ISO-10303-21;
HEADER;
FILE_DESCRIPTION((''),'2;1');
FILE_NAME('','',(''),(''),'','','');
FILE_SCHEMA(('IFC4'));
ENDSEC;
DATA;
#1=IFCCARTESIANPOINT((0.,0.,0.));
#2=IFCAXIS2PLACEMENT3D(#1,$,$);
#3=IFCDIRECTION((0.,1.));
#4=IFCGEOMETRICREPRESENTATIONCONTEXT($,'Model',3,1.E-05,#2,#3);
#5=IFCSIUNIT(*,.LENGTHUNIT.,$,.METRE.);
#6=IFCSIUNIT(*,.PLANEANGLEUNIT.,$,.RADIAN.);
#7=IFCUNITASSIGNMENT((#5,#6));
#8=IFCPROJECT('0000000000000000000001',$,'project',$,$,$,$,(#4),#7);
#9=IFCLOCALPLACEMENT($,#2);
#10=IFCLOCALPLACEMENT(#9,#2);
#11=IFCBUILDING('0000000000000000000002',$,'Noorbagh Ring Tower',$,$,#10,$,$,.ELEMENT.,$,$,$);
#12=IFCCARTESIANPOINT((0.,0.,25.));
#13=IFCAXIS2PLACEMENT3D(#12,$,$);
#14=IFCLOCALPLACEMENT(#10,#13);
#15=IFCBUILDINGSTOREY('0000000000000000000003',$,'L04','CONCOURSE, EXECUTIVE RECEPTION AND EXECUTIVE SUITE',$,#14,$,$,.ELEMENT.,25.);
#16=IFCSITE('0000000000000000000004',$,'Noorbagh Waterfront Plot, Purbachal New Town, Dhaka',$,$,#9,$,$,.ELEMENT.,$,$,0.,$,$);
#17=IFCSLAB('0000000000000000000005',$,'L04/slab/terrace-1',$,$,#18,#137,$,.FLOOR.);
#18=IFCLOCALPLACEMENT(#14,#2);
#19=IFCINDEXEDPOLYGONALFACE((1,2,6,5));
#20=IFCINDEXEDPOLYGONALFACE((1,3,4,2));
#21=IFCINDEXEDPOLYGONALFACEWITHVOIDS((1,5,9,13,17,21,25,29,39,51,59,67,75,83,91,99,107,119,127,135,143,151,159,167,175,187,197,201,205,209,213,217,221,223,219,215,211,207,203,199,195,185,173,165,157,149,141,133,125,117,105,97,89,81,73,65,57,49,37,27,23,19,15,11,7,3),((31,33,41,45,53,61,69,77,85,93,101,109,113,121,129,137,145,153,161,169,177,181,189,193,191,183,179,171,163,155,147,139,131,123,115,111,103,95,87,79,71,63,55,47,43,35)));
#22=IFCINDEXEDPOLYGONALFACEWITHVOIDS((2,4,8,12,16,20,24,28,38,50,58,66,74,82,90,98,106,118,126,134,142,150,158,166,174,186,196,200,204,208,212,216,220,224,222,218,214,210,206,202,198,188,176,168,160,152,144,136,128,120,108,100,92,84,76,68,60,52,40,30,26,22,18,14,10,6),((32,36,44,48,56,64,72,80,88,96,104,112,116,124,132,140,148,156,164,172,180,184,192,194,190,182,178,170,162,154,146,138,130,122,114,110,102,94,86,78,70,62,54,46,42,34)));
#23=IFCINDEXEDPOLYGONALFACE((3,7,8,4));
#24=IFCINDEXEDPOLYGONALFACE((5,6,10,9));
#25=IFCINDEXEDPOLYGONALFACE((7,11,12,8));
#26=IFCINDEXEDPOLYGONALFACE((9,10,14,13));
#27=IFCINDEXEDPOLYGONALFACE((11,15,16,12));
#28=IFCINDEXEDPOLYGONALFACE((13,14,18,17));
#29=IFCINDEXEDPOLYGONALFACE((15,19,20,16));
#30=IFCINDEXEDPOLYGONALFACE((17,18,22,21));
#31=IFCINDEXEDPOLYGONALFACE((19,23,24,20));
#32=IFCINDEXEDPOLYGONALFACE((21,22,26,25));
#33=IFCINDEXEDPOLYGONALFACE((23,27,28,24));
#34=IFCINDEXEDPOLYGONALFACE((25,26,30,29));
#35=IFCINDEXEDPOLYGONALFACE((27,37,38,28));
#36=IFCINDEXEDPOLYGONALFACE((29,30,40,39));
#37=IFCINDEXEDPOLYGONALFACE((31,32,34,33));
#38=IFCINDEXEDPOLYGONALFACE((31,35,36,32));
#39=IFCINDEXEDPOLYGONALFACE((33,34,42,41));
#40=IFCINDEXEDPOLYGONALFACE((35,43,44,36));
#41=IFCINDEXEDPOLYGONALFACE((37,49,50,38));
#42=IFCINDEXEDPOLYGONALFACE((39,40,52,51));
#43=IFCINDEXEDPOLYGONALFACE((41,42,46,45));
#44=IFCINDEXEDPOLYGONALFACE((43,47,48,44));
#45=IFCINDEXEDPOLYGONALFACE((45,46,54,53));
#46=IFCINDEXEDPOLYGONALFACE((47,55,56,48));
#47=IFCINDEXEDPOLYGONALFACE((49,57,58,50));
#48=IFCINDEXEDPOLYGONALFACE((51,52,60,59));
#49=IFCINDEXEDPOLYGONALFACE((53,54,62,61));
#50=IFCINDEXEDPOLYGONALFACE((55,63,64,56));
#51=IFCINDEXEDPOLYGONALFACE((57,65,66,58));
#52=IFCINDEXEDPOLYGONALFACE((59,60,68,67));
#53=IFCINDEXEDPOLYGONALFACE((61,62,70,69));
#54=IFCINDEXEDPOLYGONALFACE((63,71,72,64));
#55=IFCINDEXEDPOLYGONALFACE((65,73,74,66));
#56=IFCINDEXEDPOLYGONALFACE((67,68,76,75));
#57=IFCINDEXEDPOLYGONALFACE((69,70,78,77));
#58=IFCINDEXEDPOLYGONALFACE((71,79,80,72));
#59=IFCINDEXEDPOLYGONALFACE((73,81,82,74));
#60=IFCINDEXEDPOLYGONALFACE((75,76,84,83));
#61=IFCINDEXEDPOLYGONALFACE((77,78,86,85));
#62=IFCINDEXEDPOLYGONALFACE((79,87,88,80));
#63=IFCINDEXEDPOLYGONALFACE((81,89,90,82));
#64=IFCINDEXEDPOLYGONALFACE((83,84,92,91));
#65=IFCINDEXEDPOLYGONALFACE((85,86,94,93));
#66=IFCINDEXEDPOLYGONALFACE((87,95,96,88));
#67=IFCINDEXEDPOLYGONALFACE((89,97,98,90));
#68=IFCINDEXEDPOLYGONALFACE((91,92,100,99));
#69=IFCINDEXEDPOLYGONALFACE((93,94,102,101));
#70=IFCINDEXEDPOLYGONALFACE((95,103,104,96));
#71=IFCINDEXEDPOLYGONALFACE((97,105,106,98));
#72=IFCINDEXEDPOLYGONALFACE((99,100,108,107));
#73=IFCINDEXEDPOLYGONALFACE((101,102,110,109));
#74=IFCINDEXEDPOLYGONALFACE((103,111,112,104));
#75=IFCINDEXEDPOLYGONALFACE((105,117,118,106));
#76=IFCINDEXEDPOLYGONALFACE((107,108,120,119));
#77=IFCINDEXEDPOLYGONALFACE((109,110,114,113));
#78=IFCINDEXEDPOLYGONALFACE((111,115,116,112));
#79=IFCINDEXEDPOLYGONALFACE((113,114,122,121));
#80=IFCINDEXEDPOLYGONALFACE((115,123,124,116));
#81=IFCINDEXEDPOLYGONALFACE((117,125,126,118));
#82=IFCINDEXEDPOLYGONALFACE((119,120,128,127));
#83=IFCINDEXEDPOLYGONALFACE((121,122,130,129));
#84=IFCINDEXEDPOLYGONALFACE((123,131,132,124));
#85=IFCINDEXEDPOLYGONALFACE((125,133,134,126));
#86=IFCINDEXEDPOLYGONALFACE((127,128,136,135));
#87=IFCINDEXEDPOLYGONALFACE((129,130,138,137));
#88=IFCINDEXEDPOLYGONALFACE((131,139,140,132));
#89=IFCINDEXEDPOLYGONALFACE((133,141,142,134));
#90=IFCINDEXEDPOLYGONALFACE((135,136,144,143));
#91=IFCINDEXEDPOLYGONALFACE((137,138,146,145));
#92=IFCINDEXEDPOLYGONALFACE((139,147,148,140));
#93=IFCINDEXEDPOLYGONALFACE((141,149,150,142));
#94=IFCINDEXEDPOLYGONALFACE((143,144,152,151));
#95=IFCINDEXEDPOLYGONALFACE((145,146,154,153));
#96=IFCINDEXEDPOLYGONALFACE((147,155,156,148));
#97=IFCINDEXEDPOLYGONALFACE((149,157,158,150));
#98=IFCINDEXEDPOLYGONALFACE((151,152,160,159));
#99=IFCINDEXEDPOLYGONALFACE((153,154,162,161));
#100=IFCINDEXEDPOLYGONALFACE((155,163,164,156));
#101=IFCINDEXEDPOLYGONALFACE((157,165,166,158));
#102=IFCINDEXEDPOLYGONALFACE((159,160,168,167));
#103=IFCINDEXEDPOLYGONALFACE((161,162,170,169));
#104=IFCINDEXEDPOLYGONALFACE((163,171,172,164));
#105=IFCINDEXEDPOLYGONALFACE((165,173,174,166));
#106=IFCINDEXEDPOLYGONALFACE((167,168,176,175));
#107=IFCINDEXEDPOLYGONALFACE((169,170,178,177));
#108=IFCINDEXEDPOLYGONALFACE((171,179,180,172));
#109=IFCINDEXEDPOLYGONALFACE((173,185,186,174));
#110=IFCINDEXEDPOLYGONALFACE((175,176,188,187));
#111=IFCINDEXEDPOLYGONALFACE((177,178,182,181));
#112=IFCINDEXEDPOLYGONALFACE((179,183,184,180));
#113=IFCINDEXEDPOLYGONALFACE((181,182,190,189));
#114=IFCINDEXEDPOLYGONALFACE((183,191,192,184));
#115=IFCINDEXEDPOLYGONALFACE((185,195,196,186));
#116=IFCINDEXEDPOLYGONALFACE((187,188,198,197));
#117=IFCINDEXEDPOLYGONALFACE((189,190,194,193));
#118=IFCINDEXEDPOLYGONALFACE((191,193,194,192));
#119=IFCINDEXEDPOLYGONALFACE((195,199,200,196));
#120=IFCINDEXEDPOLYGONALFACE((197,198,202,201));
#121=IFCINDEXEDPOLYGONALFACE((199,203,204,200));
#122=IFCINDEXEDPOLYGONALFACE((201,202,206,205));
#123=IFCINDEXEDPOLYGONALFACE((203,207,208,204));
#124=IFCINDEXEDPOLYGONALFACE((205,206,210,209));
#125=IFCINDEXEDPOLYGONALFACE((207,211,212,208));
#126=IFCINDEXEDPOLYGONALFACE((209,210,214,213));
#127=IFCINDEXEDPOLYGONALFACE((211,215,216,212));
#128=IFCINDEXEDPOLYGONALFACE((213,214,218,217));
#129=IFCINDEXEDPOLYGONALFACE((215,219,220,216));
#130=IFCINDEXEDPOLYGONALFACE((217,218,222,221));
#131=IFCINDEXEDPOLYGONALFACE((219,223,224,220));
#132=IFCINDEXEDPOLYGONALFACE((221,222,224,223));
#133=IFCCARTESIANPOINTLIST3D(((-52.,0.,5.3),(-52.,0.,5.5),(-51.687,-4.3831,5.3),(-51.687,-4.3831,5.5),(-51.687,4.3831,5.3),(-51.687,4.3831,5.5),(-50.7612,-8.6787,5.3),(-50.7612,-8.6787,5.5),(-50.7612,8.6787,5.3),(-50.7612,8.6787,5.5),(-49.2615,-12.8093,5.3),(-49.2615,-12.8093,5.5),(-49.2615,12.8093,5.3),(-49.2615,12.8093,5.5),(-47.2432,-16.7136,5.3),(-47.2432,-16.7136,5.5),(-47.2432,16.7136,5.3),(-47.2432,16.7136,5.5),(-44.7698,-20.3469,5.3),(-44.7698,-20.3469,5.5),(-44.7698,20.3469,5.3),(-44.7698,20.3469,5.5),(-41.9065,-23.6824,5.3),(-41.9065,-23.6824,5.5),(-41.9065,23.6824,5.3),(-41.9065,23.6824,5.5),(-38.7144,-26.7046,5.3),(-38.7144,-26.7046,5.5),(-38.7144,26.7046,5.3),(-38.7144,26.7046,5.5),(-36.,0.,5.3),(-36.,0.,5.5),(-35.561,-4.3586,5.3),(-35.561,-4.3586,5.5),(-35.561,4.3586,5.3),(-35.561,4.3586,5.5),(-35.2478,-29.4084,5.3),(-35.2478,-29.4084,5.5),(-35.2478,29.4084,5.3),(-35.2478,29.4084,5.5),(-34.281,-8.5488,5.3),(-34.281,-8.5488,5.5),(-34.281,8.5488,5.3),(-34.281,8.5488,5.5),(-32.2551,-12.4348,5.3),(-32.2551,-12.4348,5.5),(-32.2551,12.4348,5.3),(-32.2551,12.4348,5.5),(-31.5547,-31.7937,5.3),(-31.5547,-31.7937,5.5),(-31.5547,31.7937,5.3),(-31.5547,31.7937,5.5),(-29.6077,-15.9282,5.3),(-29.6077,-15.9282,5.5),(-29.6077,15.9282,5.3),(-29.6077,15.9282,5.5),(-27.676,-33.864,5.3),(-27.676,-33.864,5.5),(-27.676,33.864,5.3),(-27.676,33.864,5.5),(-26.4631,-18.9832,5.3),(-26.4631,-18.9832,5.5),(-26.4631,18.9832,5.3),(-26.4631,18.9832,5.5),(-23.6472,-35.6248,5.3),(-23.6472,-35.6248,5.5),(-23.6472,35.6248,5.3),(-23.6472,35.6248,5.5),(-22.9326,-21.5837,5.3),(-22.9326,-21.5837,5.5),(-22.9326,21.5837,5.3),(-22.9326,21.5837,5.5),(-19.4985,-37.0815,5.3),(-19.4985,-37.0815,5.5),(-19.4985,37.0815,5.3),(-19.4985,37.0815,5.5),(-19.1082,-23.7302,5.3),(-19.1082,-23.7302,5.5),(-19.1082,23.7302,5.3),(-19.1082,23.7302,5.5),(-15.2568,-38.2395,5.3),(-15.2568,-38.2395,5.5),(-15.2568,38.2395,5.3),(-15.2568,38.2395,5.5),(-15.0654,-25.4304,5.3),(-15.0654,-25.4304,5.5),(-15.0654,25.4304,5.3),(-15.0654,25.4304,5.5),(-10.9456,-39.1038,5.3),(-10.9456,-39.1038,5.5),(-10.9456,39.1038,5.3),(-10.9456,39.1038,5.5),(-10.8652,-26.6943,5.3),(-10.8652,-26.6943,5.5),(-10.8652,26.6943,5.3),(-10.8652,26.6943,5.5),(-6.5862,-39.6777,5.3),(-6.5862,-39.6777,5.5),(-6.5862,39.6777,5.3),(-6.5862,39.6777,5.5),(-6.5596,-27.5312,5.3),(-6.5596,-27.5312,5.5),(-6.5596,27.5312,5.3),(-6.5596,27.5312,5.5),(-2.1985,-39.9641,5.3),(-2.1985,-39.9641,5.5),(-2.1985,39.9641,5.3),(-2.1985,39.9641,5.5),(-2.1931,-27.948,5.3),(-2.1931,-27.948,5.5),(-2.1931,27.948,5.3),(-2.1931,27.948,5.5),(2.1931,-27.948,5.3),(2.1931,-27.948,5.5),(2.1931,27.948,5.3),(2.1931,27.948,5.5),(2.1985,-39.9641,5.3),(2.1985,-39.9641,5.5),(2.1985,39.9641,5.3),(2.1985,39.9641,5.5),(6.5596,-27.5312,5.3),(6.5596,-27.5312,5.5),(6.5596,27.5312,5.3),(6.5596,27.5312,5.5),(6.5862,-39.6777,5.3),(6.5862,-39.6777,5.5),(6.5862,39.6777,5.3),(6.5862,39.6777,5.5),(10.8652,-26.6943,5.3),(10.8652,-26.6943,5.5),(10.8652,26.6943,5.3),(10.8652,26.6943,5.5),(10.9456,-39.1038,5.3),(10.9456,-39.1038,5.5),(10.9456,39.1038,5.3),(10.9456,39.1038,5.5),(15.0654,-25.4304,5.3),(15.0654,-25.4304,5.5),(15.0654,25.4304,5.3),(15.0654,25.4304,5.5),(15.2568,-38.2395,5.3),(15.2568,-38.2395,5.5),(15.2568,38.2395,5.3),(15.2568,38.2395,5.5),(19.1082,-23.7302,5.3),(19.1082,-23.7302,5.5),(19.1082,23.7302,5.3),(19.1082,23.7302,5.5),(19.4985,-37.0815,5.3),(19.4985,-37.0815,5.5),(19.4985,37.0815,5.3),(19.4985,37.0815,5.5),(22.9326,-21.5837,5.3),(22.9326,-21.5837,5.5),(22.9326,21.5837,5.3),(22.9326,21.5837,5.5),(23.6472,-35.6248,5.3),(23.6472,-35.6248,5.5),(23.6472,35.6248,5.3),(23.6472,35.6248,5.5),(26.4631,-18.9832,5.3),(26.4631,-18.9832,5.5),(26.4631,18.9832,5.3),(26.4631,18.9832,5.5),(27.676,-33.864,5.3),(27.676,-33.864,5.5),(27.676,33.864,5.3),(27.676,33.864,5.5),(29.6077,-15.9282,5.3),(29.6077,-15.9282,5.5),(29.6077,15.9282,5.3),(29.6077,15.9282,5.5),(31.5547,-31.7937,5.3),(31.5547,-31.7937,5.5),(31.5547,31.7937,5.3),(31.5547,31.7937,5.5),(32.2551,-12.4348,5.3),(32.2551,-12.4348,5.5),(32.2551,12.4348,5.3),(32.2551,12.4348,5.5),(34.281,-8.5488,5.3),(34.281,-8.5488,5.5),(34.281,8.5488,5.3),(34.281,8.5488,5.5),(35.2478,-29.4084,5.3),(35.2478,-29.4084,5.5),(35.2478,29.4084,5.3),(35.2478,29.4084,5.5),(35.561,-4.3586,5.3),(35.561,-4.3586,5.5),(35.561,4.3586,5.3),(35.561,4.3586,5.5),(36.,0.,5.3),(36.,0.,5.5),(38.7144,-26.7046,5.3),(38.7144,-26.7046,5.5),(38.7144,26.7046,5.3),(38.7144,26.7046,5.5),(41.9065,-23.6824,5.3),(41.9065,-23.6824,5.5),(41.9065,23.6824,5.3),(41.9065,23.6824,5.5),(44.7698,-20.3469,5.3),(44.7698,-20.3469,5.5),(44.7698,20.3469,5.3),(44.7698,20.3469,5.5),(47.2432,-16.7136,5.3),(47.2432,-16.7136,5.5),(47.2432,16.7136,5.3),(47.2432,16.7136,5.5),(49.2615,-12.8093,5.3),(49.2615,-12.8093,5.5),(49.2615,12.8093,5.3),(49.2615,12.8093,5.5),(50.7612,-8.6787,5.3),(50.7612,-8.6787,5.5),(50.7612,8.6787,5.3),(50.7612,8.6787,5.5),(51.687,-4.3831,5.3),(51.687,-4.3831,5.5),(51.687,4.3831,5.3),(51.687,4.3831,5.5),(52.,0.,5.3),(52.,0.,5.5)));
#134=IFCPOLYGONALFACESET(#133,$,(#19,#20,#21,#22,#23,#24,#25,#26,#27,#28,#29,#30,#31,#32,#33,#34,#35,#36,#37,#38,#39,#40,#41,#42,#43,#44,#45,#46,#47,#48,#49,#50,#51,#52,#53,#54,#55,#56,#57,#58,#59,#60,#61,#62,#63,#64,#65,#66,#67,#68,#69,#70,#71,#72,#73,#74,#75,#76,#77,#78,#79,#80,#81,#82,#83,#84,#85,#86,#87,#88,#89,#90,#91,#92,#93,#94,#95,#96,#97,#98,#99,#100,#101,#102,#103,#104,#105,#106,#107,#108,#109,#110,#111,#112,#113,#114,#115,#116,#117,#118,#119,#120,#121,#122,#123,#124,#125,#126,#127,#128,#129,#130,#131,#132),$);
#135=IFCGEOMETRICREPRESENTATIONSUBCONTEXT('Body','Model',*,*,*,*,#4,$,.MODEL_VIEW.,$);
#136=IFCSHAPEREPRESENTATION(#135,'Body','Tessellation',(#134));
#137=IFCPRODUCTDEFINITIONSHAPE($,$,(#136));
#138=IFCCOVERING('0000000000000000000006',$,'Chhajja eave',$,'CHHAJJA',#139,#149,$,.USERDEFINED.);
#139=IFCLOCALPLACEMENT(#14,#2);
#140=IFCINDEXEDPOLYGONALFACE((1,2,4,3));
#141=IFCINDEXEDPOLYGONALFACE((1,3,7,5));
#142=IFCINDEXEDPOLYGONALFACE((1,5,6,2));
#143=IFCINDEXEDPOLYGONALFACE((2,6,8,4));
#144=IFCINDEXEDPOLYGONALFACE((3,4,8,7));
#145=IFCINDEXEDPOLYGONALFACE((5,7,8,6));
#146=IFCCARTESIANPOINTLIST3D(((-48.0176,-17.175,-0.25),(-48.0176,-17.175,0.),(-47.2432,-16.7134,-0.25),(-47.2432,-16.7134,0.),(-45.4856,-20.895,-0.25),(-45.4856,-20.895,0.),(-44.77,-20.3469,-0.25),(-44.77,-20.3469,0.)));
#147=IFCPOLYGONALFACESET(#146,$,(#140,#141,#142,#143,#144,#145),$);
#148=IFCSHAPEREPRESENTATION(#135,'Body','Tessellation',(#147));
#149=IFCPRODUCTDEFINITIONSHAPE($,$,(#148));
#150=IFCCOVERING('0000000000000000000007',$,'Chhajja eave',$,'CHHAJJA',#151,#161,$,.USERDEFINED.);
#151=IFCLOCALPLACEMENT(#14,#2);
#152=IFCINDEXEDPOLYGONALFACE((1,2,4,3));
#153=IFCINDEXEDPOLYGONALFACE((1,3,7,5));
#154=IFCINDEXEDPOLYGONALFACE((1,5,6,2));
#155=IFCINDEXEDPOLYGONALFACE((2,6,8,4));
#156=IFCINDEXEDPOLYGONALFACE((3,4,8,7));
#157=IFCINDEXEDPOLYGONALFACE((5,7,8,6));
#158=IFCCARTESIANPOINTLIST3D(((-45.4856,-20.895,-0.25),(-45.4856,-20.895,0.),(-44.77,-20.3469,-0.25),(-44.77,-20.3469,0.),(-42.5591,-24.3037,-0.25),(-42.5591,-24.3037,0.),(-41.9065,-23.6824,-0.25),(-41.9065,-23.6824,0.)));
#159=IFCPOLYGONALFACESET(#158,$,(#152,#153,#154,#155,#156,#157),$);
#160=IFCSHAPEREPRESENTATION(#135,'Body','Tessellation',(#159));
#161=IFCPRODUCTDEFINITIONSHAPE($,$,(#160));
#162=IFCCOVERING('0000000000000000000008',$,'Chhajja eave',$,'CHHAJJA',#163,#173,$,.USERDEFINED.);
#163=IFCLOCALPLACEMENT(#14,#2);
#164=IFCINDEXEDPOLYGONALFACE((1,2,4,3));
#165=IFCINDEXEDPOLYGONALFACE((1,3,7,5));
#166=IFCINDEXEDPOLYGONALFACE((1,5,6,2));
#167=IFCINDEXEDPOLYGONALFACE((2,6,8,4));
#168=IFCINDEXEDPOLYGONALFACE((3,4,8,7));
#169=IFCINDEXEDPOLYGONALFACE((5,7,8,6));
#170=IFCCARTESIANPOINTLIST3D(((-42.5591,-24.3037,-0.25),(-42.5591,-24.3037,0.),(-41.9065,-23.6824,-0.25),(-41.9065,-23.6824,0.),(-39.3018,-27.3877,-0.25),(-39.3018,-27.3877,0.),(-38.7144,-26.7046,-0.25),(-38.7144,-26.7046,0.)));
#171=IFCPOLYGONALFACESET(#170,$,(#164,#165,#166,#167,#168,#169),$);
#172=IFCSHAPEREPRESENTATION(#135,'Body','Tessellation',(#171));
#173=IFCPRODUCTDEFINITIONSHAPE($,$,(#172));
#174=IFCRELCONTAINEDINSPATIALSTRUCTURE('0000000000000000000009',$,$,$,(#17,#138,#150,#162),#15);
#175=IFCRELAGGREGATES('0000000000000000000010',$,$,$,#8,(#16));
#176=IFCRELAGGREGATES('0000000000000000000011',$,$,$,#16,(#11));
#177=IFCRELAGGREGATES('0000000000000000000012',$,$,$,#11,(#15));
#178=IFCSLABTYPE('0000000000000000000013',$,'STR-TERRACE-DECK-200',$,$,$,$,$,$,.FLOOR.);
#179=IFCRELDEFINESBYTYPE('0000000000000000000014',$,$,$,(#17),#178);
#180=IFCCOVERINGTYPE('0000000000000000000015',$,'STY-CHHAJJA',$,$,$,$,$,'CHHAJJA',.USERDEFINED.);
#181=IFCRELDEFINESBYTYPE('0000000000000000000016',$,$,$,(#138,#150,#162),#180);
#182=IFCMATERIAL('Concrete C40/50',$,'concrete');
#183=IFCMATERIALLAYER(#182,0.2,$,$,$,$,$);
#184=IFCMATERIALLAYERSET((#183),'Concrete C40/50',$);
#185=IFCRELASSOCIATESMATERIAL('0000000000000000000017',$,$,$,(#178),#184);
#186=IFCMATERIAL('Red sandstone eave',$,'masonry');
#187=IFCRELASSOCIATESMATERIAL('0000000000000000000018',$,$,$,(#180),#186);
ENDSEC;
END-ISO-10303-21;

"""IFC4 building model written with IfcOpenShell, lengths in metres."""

from ifc_helpers import new_model, si_unit, direction, frame, origin, place, context, subcontext, project, spatial, polyline, outline, extrude, material, layer, layer_set, type_object, element, save


model = new_model("IFC4")

# Units and contexts
model_context = context("Model", 3, precision=1e-05, world=origin(), true_north=direction((0.0, 1.0)))
body_context = subcontext(model_context, "Body", "Model", "MODEL_VIEW")
ifc_project = project(units=[si_unit("LENGTHUNIT", "METRE"), si_unit("PLANEANGLEUNIT", "RADIAN")], contexts=[model_context])

# Site, building, storey
site_placement = place(None, origin())
site = spatial("IfcSite", under=ifc_project, at=site_placement, Name="Noorbagh Waterfront Plot, Purbachal New Town, Dhaka", CompositionType="ELEMENT", RefElevation=0.0)
building_placement = place(site_placement, origin())
building = spatial("IfcBuilding", under=site, at=building_placement, Name="Noorbagh Ring Tower", CompositionType="ELEMENT")
storey_placement = place(building_placement, frame((0.0, 0.0, 25.0)))
storey = spatial("IfcBuildingStorey", under=building, at=storey_placement, Name="L04", Description="CONCOURSE, EXECUTIVE RECEPTION AND EXECUTIVE SUITE", CompositionType="ELEMENT", Elevation=25.0)

# Slab
ifc_material_1 = material(Name="Concrete C40/50", Category="concrete")
ifc_layer_1 = layer(ifc_material_1, 0.2)
ifc_layer_set_1 = layer_set([ifc_layer_1], Name="Concrete C40/50")
slab_type_1 = type_object("IfcSlabType", Name="STR-TERRACE-DECK-200", PredefinedType="FLOOR", material=ifc_layer_set_1)
slab_1_placement = place(storey_placement, frame((0.0, 0.0, 5.3)))
element("IfcSlab", 1, at=slab_1_placement, inside=storey, type_object=slab_type_1, Name="L04/slab/terrace-1", PredefinedType="FLOOR", context=body_context, shape_type="SweptSolid", body=[
    extrude(outline(polyline([(52.0, 0.0), (51.687, 4.3831), (50.7612, 8.6787), (49.2615, 12.8093), (47.2432, 16.7136), (44.7698, 20.3469), (41.9065, 23.6824), (38.7144, 26.7046), (35.2478, 29.4084), (31.5547, 31.7937), (27.676, 33.864), (23.6472, 35.6248), (19.4985, 37.0815), (15.2568, 38.2395), (10.9456, 39.1038), (6.5862, 39.6777), (2.1985, 39.9641), (-2.1985, 39.9641), (-6.5862, 39.6777), (-10.9456, 39.1038), (-15.2568, 38.2395), (-19.4985, 37.0815), (-23.6472, 35.6248), (-27.676, 33.864), (-31.5547, 31.7937), (-35.2478, 29.4084), (-38.7144, 26.7046), (-41.9065, 23.6824), (-44.7698, 20.3469), (-47.2432, 16.7136), (-49.2615, 12.8093), (-50.7612, 8.6787), (-51.687, 4.3831), (-52.0, 0.0), (-51.687, -4.3831), (-50.7612, -8.6787), (-49.2615, -12.8093), (-47.2432, -16.7136), (-44.7698, -20.3469), (-41.9065, -23.6824), (-38.7144, -26.7046), (-35.2478, -29.4084), (-31.5547, -31.7937), (-27.676, -33.864), (-23.6472, -35.6248), (-19.4985, -37.0815), (-15.2568, -38.2395), (-10.9456, -39.1038), (-6.5862, -39.6777), (-2.1985, -39.9641), (2.1985, -39.9641), (6.5862, -39.6777), (10.9456, -39.1038), (15.2568, -38.2395), (19.4985, -37.0815), (23.6472, -35.6248), (27.676, -33.864), (31.5547, -31.7937), (35.2478, -29.4084), (38.7144, -26.7046), (41.9065, -23.6824), (44.7698, -20.3469), (47.2432, -16.7136), (49.2615, -12.8093), (50.7612, -8.6787), (51.687, -4.3831), (52.0, 0.0)]), holes=[polyline([(36.0, 0.0), (35.561, -4.3586), (34.281, -8.5488), (32.2551, -12.4348), (29.6077, -15.9282), (26.4631, -18.9832), (22.9326, -21.5837), (19.1082, -23.7302), (15.0654, -25.4304), (10.8652, -26.6943), (6.5596, -27.5312), (2.1931, -27.948), (-2.1931, -27.948), (-6.5596, -27.5312), (-10.8652, -26.6943), (-15.0654, -25.4304), (-19.1082, -23.7302), (-22.9326, -21.5837), (-26.4631, -18.9832), (-29.6077, -15.9282), (-32.2551, -12.4348), (-34.281, -8.5488), (-35.561, -4.3586), (-36.0, 0.0), (-35.561, 4.3586), (-34.281, 8.5488), (-32.2551, 12.4348), (-29.6077, 15.9282), (-26.4631, 18.9832), (-22.9326, 21.5837), (-19.1082, 23.7302), (-15.0654, 25.4304), (-10.8652, 26.6943), (-6.5596, 27.5312), (-2.1931, 27.948), (2.1931, 27.948), (6.5596, 27.5312), (10.8652, 26.6943), (15.0654, 25.4304), (19.1082, 23.7302), (22.9326, 21.5837), (26.4631, 18.9832), (29.6077, 15.9282), (32.2551, 12.4348), (34.281, 8.5488), (35.561, 4.3586), (36.0, 0.0)])]), origin(), (0.0, 0.0, 1.0), 0.2),
])

# Coverings
ifc_material_2 = material(Name="Red sandstone eave", Category="masonry")
covering_type = type_object("IfcCoveringType", Name="STY-CHHAJJA", ElementType="CHHAJJA", PredefinedType="USERDEFINED", material=ifc_material_2)
covering_1_placement = place(storey_placement, frame((0.0, 0.0, -0.25)))
element("IfcCovering", 2, at=covering_1_placement, inside=storey, type_object=covering_type, Name="Chhajja eave", ObjectType="CHHAJJA", PredefinedType="USERDEFINED", context=body_context, shape_type="SweptSolid", body=[
    extrude(outline(polyline([(-47.2432, -16.7134), (-44.77, -20.3469), (-45.4856, -20.895), (-48.0176, -17.175), (-47.2432, -16.7134)])), origin(), (0.0, 0.0, 1.0), 0.25),
])
covering_2_placement = place(storey_placement, frame((0.0, 0.0, -0.25)))
element("IfcCovering", 3, at=covering_2_placement, inside=storey, type_object=covering_type, Name="Chhajja eave", ObjectType="CHHAJJA", PredefinedType="USERDEFINED", context=body_context, shape_type="SweptSolid", body=[
    extrude(outline(polyline([(-44.77, -20.3469), (-41.9065, -23.6824), (-42.5591, -24.3037), (-45.4856, -20.895), (-44.77, -20.3469)])), origin(), (0.0, 0.0, 1.0), 0.25),
])
covering_3_placement = place(storey_placement, frame((0.0, 0.0, -0.25)))
element("IfcCovering", 4, at=covering_3_placement, inside=storey, type_object=covering_type, Name="Chhajja eave", ObjectType="CHHAJJA", PredefinedType="USERDEFINED", context=body_context, shape_type="SweptSolid", body=[
    extrude(outline(polyline([(-41.9065, -23.6824), (-38.7144, -26.7046), (-39.3018, -27.3877), (-42.5591, -24.3037), (-41.9065, -23.6824)])), origin(), (0.0, 0.0, 1.0), 0.25),
])

save(model, "model.ifc")
